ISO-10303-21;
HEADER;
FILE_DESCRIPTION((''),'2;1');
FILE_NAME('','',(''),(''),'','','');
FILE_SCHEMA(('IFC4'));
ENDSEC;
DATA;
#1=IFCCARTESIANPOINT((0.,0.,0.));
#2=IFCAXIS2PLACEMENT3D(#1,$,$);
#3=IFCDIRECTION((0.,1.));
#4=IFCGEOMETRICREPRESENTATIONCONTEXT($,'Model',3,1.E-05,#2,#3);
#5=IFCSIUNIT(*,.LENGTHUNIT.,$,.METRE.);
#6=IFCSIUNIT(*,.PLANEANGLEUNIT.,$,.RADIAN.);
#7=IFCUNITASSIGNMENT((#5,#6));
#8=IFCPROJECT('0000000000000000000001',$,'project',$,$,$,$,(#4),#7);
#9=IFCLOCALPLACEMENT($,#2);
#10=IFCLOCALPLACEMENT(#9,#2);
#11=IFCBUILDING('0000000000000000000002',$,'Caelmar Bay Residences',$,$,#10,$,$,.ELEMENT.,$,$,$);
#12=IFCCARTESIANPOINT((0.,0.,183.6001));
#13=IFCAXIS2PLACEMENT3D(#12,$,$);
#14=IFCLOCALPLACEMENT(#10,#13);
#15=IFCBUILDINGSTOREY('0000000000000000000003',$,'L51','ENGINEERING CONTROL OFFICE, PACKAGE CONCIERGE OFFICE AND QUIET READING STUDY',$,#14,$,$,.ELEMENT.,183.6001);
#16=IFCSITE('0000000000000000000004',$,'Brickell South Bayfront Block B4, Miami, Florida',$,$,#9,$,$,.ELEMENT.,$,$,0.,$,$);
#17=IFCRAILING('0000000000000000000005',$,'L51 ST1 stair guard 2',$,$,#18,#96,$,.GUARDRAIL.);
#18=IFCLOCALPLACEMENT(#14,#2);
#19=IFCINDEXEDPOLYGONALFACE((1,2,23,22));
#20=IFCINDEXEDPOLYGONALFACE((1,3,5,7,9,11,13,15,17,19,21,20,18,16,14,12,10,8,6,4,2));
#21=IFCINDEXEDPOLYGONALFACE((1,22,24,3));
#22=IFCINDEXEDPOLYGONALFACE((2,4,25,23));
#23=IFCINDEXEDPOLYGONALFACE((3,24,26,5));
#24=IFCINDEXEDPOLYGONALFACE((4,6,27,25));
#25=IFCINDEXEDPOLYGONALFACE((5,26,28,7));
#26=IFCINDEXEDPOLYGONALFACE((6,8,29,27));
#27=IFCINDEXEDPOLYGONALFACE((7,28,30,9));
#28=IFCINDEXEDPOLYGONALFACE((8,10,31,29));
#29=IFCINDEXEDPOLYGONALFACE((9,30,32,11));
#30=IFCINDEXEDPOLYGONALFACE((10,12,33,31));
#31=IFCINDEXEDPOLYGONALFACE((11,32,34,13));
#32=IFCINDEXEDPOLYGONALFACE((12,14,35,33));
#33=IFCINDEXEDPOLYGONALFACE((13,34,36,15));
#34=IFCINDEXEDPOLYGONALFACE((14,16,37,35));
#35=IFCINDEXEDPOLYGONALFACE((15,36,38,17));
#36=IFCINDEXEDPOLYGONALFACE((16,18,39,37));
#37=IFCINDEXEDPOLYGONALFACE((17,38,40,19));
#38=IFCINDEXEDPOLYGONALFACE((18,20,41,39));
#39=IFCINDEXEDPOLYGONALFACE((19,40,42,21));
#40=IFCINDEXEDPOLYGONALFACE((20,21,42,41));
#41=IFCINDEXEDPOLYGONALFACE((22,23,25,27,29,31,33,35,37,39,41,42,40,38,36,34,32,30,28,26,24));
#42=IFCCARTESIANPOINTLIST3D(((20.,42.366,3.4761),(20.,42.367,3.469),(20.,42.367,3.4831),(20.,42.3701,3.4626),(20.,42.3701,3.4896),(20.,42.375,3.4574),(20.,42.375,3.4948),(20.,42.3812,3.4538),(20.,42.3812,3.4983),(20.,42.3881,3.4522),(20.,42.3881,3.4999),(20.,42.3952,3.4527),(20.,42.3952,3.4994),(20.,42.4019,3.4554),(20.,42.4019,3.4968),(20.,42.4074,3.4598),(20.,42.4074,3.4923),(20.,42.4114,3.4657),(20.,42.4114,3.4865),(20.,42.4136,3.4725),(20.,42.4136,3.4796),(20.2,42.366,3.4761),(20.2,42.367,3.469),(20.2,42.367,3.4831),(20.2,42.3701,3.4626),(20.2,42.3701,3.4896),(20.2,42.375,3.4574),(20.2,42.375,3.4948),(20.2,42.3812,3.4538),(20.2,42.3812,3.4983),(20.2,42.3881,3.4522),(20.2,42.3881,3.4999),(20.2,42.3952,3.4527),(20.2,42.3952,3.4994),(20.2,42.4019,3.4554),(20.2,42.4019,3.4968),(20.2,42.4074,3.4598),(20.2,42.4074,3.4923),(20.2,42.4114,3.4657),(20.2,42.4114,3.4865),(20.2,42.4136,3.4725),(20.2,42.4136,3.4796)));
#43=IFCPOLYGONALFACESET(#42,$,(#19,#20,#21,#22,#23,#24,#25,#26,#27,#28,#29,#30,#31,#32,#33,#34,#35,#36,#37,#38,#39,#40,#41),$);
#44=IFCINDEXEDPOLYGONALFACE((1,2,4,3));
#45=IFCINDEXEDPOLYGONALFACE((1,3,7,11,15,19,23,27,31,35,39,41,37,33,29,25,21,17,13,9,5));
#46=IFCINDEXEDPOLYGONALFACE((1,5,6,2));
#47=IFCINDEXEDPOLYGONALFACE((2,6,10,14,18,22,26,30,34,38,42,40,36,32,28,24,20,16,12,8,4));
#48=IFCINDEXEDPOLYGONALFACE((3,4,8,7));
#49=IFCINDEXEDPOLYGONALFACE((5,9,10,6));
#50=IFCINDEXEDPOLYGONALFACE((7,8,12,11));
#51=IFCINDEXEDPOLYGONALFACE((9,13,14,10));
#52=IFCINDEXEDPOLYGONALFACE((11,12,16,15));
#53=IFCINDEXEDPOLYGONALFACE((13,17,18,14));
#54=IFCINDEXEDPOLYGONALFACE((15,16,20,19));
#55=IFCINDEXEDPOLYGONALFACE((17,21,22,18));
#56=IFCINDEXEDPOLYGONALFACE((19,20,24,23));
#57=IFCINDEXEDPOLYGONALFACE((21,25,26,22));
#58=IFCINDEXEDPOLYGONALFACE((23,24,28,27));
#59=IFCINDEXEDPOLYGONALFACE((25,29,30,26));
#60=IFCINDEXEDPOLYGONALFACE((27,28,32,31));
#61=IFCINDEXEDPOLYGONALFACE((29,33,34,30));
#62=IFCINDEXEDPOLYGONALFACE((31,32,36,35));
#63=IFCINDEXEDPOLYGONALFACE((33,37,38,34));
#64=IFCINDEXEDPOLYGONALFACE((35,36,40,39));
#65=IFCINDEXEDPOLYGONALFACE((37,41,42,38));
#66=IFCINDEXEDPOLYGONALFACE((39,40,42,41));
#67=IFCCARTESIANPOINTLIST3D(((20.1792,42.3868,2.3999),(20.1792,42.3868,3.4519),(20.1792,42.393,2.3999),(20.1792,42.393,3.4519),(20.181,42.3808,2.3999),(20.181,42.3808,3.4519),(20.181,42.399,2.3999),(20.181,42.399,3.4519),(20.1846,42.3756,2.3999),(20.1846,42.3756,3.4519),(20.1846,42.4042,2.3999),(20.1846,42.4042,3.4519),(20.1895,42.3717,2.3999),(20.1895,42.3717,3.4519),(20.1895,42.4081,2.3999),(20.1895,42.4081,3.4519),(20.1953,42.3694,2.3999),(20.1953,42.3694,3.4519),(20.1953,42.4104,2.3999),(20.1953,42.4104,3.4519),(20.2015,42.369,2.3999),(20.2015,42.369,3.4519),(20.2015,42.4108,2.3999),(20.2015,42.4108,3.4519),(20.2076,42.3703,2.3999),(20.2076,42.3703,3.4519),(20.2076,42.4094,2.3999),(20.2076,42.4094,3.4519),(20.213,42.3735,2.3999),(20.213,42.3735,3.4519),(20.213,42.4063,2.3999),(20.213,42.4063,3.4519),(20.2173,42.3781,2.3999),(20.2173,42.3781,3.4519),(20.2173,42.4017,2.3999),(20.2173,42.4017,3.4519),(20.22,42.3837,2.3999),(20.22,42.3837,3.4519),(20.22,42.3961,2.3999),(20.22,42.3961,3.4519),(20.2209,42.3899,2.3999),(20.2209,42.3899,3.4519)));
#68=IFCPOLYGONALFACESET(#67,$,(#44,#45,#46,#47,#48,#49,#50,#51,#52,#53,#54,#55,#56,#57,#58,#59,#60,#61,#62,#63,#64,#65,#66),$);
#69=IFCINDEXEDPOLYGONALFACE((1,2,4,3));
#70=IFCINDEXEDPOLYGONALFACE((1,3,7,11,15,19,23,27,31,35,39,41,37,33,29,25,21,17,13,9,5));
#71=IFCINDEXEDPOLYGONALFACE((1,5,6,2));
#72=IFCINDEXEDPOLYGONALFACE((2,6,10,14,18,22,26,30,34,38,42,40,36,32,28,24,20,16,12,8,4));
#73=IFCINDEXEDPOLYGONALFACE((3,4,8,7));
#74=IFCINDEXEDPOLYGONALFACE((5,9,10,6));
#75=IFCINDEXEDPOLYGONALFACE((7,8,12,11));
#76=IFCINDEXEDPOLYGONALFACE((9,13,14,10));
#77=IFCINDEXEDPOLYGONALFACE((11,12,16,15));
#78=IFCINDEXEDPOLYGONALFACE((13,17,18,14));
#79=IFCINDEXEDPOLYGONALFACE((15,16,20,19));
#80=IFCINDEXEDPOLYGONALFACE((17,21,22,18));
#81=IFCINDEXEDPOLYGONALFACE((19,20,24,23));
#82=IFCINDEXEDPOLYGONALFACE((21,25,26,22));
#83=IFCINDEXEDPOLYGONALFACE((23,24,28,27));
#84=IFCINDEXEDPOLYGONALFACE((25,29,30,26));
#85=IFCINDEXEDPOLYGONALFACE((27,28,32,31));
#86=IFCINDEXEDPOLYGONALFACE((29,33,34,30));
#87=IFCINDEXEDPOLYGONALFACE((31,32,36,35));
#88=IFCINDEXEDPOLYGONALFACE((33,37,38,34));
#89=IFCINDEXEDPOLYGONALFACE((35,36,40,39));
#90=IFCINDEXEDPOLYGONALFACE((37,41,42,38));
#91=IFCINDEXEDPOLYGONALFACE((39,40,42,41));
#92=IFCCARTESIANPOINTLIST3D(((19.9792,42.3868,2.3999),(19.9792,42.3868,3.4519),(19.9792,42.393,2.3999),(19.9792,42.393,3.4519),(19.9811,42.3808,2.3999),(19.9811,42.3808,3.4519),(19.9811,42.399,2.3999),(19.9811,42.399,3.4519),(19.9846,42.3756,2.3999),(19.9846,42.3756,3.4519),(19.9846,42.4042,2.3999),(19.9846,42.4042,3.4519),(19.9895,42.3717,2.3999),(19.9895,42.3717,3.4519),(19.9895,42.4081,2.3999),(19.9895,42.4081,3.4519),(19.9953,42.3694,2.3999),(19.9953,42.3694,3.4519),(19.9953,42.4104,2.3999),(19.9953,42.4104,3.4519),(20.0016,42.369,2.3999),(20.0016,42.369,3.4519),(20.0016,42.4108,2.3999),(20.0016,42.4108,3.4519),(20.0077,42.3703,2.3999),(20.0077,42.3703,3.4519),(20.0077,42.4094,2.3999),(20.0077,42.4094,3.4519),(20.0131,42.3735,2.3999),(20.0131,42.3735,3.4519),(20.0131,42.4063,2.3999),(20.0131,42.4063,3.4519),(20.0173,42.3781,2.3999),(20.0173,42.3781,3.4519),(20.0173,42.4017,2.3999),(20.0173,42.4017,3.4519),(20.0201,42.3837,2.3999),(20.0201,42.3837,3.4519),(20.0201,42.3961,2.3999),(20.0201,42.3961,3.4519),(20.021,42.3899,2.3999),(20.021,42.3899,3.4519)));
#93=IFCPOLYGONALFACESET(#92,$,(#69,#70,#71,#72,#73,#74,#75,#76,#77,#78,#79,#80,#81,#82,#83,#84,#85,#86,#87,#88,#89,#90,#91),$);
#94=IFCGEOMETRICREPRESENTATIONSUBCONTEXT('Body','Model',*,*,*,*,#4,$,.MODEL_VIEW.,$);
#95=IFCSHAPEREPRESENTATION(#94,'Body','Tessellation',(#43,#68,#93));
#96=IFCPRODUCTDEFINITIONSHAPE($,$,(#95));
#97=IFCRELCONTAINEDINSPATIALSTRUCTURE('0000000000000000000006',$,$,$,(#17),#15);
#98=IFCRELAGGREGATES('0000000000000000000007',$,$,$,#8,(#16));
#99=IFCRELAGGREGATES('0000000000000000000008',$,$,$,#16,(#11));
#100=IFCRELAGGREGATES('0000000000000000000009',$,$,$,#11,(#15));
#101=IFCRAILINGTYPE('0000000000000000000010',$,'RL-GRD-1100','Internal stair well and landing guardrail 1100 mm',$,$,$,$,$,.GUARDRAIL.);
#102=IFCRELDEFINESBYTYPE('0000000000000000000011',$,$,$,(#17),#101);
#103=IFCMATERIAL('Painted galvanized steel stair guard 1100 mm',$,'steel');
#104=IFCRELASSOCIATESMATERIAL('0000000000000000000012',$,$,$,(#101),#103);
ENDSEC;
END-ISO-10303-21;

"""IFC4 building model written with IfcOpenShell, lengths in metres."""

from ifc_helpers import new_model, si_unit, direction, frame, origin, origin_2d, place, context, subcontext, project, spatial, circle, extrude, material, type_object, element, save


model = new_model("IFC4")

# Units and contexts
model_context = context("Model", 3, precision=1e-05, world=origin(), true_north=direction((0.0, 1.0)))
body_context = subcontext(model_context, "Body", "Model", "MODEL_VIEW")
ifc_project = project(units=[si_unit("LENGTHUNIT", "METRE"), si_unit("PLANEANGLEUNIT", "RADIAN")], contexts=[model_context])

# Site, building, storey
site_placement = place(None, origin())
site = spatial("IfcSite", under=ifc_project, at=site_placement, Name="Brickell South Bayfront Block B4, Miami, Florida", CompositionType="ELEMENT", RefElevation=0.0)
building_placement = place(site_placement, origin())
building = spatial("IfcBuilding", under=site, at=building_placement, Name="Caelmar Bay Residences", CompositionType="ELEMENT")
storey_placement = place(building_placement, frame((0.0, 0.0, 183.6001)))
storey = spatial("IfcBuildingStorey", under=building, at=storey_placement, Name="L51", Description="ENGINEERING CONTROL OFFICE, PACKAGE CONCIERGE OFFICE AND QUIET READING STUDY", CompositionType="ELEMENT", Elevation=183.6001)

# Railing
ifc_material_1 = material(Name="Painted galvanized steel stair guard 1100 mm", Category="steel")
railing_type_1 = type_object("IfcRailingType", Name="RL-GRD-1100", Description="Internal stair well and landing guardrail 1100 mm", PredefinedType="GUARDRAIL", material=ifc_material_1)
railing_1_placement = place(storey_placement, frame((20.2, 42.3899, 2.3999)))
element("IfcRailing", 1, at=railing_1_placement, inside=storey, type_object=railing_type_1, Name="L51 ST1 stair guard 2", PredefinedType="GUARDRAIL", context=body_context, shape_type="SweptSolid", body=[
    extrude(circle(Radius=0.0239, at=origin_2d()), frame((0.0, 0.0, 1.0762), z_axis=(-1.0, 0.0, 0.0), x_axis=(0.0, -1.0, 0.0)), (0.0, 0.0, 1.0), 0.2),
    extrude(circle(Radius=0.021, at=origin_2d()), origin(), (0.0, 0.0, 1.0), 1.052),
    extrude(circle(Radius=0.021, at=origin_2d()), frame((-0.2, 0.0, 0.0)), (0.0, 0.0, 1.0), 1.052),
])

save(model, "model.ifc")
